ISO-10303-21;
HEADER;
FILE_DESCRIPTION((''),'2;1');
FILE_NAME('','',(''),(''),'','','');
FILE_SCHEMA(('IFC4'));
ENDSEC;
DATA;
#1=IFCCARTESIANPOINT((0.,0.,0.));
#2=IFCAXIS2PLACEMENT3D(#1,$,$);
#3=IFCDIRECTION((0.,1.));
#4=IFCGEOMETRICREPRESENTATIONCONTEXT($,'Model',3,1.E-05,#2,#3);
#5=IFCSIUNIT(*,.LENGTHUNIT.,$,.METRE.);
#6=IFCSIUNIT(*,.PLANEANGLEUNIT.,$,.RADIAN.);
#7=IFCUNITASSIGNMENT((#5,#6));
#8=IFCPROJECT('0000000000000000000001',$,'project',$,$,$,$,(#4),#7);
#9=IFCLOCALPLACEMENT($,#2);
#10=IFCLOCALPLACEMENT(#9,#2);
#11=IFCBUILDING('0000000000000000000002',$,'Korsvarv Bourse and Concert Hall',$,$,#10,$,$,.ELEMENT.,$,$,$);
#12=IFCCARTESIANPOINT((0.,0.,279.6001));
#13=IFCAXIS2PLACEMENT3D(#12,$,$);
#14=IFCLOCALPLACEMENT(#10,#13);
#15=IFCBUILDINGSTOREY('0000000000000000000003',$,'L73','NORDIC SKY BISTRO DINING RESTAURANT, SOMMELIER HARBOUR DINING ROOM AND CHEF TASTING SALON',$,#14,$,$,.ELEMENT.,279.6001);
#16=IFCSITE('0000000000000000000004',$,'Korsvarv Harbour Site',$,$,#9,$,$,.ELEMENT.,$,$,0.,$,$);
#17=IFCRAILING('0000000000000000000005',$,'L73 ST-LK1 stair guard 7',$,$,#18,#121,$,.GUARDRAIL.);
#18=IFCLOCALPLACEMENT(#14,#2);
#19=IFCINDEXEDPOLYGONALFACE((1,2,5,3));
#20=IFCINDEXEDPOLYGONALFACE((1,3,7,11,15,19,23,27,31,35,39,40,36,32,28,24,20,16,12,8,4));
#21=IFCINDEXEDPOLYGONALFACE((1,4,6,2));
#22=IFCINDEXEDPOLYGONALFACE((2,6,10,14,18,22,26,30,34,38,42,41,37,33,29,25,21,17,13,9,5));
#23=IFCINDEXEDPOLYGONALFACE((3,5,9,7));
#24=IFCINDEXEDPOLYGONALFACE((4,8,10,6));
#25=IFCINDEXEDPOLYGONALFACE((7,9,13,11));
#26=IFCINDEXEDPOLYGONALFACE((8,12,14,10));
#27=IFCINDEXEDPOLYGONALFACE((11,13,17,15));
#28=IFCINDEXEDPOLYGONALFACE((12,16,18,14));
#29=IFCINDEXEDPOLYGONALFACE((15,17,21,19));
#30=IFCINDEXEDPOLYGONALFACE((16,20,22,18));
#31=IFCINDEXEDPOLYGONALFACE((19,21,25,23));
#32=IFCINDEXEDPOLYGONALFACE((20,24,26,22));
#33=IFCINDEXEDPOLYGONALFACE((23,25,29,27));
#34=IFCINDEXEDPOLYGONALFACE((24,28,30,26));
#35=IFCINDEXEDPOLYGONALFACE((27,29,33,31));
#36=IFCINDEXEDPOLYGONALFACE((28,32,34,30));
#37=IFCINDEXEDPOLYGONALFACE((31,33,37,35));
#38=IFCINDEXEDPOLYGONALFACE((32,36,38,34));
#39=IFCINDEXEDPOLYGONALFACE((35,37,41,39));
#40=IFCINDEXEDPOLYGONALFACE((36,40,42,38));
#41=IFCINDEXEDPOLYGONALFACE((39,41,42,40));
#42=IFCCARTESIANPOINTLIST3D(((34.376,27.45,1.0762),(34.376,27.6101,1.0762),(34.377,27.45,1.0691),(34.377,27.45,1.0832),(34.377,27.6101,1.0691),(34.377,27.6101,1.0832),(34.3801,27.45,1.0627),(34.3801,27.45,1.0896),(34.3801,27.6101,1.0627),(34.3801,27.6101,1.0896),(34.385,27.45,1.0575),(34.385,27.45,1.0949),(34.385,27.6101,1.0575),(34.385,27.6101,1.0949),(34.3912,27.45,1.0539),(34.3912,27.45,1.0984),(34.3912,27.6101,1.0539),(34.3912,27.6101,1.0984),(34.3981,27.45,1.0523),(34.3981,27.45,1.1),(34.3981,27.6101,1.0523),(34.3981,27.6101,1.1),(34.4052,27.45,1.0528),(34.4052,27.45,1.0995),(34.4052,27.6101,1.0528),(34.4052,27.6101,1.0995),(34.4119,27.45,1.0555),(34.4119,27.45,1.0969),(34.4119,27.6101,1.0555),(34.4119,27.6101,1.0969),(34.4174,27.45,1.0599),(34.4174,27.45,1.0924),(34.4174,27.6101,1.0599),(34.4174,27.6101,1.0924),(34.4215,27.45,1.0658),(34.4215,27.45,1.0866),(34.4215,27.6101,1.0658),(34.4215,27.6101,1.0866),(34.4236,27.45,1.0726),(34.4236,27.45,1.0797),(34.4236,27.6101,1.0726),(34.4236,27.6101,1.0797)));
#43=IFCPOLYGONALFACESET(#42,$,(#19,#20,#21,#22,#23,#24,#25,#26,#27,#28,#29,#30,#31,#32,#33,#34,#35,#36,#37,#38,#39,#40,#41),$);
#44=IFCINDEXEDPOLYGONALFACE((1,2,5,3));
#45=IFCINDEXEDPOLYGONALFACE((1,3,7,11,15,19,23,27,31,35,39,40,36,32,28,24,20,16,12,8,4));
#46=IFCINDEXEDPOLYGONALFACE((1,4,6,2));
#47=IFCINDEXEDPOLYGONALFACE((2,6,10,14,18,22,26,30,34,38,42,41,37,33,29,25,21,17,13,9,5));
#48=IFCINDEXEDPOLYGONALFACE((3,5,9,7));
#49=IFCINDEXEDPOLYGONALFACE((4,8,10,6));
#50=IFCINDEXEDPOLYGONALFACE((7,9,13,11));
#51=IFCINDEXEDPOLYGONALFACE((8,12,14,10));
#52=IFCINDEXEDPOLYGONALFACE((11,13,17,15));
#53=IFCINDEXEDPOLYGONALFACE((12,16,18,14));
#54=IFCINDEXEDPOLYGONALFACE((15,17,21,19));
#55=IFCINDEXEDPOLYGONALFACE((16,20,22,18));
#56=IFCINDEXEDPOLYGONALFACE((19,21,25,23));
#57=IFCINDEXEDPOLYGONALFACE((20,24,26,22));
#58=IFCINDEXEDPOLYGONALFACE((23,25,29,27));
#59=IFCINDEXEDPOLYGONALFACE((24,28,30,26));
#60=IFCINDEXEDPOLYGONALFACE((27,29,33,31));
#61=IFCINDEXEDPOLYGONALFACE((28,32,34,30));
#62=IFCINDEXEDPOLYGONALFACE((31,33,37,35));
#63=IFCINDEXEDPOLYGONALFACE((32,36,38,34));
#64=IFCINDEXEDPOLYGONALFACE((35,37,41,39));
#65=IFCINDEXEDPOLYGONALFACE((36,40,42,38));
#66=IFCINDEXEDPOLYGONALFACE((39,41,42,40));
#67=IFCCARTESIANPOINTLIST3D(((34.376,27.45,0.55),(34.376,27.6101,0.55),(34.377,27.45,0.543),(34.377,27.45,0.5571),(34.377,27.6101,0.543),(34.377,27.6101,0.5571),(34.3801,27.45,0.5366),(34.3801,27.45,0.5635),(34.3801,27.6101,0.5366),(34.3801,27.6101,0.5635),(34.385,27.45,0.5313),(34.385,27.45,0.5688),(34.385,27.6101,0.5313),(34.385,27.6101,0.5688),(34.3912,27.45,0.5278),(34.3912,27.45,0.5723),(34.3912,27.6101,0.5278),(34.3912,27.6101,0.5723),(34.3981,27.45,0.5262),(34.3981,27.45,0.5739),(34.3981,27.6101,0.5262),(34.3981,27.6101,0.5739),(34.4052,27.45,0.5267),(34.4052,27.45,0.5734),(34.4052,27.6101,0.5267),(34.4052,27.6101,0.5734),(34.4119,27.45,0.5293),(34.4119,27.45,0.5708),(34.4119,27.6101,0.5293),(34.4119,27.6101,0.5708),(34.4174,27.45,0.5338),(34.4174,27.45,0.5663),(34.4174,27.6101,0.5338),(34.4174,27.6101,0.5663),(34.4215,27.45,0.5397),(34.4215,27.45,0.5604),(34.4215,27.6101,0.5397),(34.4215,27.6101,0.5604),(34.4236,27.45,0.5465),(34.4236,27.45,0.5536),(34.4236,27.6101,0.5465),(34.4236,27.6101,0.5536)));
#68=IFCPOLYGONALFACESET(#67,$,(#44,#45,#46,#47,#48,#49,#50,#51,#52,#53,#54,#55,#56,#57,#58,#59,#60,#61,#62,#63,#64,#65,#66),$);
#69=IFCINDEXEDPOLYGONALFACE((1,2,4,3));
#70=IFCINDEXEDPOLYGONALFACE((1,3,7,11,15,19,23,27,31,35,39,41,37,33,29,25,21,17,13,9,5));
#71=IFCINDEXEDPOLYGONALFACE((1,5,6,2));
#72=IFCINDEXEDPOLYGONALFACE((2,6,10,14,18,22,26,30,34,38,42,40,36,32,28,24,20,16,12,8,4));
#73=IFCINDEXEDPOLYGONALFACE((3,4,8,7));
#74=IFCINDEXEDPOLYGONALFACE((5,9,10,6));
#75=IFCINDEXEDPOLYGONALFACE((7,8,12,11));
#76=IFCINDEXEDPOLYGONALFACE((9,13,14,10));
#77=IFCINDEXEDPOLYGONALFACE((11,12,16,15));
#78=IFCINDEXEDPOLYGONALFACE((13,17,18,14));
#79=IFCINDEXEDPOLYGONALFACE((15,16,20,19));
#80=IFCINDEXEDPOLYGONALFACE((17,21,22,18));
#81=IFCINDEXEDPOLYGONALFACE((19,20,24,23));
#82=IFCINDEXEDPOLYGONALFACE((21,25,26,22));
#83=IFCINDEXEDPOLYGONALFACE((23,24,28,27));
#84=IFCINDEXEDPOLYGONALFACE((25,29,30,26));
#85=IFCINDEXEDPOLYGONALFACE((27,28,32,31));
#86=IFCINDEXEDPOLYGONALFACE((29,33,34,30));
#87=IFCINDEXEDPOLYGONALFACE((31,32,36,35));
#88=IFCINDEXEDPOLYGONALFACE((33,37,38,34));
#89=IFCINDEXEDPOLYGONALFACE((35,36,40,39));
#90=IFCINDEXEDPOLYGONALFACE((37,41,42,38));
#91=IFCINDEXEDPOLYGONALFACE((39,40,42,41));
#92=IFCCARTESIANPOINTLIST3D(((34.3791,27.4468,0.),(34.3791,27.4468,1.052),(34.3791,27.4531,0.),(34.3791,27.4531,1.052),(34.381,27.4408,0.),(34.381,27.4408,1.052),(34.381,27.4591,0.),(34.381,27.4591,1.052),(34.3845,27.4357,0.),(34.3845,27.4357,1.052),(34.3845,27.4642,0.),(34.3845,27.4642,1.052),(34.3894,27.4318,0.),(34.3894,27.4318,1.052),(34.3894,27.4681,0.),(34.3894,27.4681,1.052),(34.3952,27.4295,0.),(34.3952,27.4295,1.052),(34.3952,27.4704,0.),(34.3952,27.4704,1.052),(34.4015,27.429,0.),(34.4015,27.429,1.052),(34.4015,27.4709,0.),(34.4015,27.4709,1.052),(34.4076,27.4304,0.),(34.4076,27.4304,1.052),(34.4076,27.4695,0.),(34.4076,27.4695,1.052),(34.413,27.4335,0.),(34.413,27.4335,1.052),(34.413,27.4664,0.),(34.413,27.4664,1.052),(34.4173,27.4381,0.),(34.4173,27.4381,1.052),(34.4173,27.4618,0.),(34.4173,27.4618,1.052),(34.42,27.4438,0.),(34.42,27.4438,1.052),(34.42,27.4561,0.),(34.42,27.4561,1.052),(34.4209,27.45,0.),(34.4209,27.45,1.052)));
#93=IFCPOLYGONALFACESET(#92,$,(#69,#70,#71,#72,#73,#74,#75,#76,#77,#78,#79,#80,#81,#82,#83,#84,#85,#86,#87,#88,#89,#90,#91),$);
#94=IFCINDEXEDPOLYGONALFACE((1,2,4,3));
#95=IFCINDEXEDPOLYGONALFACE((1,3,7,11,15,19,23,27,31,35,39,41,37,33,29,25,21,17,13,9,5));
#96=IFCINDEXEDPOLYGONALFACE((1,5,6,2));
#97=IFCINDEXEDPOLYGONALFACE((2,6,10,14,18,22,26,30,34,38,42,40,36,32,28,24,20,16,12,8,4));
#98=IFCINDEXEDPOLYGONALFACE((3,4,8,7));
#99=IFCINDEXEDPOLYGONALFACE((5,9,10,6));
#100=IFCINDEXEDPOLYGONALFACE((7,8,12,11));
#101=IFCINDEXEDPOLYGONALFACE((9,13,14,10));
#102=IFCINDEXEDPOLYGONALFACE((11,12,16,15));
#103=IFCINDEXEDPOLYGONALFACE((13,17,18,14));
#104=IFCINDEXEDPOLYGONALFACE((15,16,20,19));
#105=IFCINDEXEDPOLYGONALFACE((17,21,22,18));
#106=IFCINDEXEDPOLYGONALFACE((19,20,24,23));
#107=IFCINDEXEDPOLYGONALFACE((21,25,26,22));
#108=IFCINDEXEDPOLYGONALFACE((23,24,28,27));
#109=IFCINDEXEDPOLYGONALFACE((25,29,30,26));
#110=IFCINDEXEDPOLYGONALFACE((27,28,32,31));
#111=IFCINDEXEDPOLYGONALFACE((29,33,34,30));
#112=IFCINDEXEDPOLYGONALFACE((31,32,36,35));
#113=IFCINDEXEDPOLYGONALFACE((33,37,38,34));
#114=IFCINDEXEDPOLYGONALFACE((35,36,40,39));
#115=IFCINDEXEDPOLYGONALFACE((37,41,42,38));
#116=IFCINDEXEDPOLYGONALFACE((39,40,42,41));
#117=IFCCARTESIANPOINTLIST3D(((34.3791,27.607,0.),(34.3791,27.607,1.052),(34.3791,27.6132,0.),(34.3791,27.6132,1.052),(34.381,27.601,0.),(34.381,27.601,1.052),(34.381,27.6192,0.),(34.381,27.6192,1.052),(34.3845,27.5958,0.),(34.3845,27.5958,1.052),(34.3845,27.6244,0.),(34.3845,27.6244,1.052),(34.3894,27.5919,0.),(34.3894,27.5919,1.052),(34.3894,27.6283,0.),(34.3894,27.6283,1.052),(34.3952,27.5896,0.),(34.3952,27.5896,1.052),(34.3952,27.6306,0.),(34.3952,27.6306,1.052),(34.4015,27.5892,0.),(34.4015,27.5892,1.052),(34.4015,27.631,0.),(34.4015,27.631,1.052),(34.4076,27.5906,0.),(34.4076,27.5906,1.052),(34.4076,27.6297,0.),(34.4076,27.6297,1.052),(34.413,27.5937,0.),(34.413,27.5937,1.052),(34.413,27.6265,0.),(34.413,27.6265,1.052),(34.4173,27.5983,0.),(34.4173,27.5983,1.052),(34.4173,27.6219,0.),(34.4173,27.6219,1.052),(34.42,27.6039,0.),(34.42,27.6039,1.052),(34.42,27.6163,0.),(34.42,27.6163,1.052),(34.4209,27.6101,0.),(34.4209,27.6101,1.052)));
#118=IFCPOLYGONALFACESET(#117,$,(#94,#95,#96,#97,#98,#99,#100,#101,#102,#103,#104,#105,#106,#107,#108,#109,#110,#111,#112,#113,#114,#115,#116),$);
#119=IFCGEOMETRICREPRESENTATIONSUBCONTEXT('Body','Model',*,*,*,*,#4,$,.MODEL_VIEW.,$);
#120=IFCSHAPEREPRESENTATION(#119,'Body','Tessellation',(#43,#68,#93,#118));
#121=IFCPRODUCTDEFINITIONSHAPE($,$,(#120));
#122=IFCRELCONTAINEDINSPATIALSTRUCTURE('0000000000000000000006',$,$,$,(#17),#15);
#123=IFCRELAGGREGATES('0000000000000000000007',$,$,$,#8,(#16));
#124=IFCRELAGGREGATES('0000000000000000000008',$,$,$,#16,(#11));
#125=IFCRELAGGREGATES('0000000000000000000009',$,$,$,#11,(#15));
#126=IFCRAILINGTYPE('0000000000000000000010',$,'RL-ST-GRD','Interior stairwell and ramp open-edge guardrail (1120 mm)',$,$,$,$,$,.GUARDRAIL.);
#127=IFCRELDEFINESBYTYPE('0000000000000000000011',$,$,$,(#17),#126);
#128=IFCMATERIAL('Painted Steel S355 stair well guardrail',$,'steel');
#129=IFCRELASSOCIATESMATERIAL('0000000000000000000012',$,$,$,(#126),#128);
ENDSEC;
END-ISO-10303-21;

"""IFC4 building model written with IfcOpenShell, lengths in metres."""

from ifc_helpers import new_model, si_unit, direction, frame, origin, origin_2d, place, context, subcontext, project, spatial, circle, extrude, material, type_object, element, save


model = new_model("IFC4")

# Units and contexts
model_context = context("Model", 3, precision=1e-05, world=origin(), true_north=direction((0.0, 1.0)))
body_context = subcontext(model_context, "Body", "Model", "MODEL_VIEW")
ifc_project = project(units=[si_unit("LENGTHUNIT", "METRE"), si_unit("PLANEANGLEUNIT", "RADIAN")], contexts=[model_context])

# Site, building, storey
site_placement = place(None, origin())
site = spatial("IfcSite", under=ifc_project, at=site_placement, Name="Korsvarv Harbour Site", CompositionType="ELEMENT", RefElevation=0.0)
building_placement = place(site_placement, origin())
building = spatial("IfcBuilding", under=site, at=building_placement, Name="Korsvarv Bourse and Concert Hall", CompositionType="ELEMENT")
storey_placement = place(building_placement, frame((0.0, 0.0, 279.6001)))
storey = spatial("IfcBuildingStorey", under=building, at=storey_placement, Name="L73", Description="NORDIC SKY BISTRO DINING RESTAURANT, SOMMELIER HARBOUR DINING ROOM AND CHEF TASTING SALON", CompositionType="ELEMENT", Elevation=279.6001)

# Railing
ifc_material_1 = material(Name="Painted Steel S355 stair well guardrail", Category="steel")
railing_type_1 = type_object("IfcRailingType", Name="RL-ST-GRD", Description="Interior stairwell and ramp open-edge guardrail (1120 mm)", PredefinedType="GUARDRAIL", material=ifc_material_1)
railing_1_placement = place(storey_placement, frame((34.3999, 27.45, 0.0)))
element("IfcRailing", 1, at=railing_1_placement, inside=storey, type_object=railing_type_1, Name="L73 ST-LK1 stair guard 7", PredefinedType="GUARDRAIL", context=body_context, shape_type="SweptSolid", body=[
    extrude(circle(Radius=0.0239, at=origin_2d()), frame((0.0, 0.0, 1.0762), z_axis=(0.0, 1.0, 0.0), x_axis=(-1.0, 0.0, 0.0)), (0.0, 0.0, 1.0), 0.1602),
    extrude(circle(Radius=0.0239, at=origin_2d()), frame((0.0, 0.0, 0.55), z_axis=(0.0, 1.0, 0.0), x_axis=(-1.0, 0.0, 0.0)), (0.0, 0.0, 1.0), 0.1602),
    extrude(circle(Radius=0.021, at=origin_2d()), origin(), (0.0, 0.0, 1.0), 1.052),
    extrude(circle(Radius=0.021, at=origin_2d()), frame((0.0, 0.1602, 0.0)), (0.0, 0.0, 1.0), 1.052),
])

save(model, "model.ifc")
